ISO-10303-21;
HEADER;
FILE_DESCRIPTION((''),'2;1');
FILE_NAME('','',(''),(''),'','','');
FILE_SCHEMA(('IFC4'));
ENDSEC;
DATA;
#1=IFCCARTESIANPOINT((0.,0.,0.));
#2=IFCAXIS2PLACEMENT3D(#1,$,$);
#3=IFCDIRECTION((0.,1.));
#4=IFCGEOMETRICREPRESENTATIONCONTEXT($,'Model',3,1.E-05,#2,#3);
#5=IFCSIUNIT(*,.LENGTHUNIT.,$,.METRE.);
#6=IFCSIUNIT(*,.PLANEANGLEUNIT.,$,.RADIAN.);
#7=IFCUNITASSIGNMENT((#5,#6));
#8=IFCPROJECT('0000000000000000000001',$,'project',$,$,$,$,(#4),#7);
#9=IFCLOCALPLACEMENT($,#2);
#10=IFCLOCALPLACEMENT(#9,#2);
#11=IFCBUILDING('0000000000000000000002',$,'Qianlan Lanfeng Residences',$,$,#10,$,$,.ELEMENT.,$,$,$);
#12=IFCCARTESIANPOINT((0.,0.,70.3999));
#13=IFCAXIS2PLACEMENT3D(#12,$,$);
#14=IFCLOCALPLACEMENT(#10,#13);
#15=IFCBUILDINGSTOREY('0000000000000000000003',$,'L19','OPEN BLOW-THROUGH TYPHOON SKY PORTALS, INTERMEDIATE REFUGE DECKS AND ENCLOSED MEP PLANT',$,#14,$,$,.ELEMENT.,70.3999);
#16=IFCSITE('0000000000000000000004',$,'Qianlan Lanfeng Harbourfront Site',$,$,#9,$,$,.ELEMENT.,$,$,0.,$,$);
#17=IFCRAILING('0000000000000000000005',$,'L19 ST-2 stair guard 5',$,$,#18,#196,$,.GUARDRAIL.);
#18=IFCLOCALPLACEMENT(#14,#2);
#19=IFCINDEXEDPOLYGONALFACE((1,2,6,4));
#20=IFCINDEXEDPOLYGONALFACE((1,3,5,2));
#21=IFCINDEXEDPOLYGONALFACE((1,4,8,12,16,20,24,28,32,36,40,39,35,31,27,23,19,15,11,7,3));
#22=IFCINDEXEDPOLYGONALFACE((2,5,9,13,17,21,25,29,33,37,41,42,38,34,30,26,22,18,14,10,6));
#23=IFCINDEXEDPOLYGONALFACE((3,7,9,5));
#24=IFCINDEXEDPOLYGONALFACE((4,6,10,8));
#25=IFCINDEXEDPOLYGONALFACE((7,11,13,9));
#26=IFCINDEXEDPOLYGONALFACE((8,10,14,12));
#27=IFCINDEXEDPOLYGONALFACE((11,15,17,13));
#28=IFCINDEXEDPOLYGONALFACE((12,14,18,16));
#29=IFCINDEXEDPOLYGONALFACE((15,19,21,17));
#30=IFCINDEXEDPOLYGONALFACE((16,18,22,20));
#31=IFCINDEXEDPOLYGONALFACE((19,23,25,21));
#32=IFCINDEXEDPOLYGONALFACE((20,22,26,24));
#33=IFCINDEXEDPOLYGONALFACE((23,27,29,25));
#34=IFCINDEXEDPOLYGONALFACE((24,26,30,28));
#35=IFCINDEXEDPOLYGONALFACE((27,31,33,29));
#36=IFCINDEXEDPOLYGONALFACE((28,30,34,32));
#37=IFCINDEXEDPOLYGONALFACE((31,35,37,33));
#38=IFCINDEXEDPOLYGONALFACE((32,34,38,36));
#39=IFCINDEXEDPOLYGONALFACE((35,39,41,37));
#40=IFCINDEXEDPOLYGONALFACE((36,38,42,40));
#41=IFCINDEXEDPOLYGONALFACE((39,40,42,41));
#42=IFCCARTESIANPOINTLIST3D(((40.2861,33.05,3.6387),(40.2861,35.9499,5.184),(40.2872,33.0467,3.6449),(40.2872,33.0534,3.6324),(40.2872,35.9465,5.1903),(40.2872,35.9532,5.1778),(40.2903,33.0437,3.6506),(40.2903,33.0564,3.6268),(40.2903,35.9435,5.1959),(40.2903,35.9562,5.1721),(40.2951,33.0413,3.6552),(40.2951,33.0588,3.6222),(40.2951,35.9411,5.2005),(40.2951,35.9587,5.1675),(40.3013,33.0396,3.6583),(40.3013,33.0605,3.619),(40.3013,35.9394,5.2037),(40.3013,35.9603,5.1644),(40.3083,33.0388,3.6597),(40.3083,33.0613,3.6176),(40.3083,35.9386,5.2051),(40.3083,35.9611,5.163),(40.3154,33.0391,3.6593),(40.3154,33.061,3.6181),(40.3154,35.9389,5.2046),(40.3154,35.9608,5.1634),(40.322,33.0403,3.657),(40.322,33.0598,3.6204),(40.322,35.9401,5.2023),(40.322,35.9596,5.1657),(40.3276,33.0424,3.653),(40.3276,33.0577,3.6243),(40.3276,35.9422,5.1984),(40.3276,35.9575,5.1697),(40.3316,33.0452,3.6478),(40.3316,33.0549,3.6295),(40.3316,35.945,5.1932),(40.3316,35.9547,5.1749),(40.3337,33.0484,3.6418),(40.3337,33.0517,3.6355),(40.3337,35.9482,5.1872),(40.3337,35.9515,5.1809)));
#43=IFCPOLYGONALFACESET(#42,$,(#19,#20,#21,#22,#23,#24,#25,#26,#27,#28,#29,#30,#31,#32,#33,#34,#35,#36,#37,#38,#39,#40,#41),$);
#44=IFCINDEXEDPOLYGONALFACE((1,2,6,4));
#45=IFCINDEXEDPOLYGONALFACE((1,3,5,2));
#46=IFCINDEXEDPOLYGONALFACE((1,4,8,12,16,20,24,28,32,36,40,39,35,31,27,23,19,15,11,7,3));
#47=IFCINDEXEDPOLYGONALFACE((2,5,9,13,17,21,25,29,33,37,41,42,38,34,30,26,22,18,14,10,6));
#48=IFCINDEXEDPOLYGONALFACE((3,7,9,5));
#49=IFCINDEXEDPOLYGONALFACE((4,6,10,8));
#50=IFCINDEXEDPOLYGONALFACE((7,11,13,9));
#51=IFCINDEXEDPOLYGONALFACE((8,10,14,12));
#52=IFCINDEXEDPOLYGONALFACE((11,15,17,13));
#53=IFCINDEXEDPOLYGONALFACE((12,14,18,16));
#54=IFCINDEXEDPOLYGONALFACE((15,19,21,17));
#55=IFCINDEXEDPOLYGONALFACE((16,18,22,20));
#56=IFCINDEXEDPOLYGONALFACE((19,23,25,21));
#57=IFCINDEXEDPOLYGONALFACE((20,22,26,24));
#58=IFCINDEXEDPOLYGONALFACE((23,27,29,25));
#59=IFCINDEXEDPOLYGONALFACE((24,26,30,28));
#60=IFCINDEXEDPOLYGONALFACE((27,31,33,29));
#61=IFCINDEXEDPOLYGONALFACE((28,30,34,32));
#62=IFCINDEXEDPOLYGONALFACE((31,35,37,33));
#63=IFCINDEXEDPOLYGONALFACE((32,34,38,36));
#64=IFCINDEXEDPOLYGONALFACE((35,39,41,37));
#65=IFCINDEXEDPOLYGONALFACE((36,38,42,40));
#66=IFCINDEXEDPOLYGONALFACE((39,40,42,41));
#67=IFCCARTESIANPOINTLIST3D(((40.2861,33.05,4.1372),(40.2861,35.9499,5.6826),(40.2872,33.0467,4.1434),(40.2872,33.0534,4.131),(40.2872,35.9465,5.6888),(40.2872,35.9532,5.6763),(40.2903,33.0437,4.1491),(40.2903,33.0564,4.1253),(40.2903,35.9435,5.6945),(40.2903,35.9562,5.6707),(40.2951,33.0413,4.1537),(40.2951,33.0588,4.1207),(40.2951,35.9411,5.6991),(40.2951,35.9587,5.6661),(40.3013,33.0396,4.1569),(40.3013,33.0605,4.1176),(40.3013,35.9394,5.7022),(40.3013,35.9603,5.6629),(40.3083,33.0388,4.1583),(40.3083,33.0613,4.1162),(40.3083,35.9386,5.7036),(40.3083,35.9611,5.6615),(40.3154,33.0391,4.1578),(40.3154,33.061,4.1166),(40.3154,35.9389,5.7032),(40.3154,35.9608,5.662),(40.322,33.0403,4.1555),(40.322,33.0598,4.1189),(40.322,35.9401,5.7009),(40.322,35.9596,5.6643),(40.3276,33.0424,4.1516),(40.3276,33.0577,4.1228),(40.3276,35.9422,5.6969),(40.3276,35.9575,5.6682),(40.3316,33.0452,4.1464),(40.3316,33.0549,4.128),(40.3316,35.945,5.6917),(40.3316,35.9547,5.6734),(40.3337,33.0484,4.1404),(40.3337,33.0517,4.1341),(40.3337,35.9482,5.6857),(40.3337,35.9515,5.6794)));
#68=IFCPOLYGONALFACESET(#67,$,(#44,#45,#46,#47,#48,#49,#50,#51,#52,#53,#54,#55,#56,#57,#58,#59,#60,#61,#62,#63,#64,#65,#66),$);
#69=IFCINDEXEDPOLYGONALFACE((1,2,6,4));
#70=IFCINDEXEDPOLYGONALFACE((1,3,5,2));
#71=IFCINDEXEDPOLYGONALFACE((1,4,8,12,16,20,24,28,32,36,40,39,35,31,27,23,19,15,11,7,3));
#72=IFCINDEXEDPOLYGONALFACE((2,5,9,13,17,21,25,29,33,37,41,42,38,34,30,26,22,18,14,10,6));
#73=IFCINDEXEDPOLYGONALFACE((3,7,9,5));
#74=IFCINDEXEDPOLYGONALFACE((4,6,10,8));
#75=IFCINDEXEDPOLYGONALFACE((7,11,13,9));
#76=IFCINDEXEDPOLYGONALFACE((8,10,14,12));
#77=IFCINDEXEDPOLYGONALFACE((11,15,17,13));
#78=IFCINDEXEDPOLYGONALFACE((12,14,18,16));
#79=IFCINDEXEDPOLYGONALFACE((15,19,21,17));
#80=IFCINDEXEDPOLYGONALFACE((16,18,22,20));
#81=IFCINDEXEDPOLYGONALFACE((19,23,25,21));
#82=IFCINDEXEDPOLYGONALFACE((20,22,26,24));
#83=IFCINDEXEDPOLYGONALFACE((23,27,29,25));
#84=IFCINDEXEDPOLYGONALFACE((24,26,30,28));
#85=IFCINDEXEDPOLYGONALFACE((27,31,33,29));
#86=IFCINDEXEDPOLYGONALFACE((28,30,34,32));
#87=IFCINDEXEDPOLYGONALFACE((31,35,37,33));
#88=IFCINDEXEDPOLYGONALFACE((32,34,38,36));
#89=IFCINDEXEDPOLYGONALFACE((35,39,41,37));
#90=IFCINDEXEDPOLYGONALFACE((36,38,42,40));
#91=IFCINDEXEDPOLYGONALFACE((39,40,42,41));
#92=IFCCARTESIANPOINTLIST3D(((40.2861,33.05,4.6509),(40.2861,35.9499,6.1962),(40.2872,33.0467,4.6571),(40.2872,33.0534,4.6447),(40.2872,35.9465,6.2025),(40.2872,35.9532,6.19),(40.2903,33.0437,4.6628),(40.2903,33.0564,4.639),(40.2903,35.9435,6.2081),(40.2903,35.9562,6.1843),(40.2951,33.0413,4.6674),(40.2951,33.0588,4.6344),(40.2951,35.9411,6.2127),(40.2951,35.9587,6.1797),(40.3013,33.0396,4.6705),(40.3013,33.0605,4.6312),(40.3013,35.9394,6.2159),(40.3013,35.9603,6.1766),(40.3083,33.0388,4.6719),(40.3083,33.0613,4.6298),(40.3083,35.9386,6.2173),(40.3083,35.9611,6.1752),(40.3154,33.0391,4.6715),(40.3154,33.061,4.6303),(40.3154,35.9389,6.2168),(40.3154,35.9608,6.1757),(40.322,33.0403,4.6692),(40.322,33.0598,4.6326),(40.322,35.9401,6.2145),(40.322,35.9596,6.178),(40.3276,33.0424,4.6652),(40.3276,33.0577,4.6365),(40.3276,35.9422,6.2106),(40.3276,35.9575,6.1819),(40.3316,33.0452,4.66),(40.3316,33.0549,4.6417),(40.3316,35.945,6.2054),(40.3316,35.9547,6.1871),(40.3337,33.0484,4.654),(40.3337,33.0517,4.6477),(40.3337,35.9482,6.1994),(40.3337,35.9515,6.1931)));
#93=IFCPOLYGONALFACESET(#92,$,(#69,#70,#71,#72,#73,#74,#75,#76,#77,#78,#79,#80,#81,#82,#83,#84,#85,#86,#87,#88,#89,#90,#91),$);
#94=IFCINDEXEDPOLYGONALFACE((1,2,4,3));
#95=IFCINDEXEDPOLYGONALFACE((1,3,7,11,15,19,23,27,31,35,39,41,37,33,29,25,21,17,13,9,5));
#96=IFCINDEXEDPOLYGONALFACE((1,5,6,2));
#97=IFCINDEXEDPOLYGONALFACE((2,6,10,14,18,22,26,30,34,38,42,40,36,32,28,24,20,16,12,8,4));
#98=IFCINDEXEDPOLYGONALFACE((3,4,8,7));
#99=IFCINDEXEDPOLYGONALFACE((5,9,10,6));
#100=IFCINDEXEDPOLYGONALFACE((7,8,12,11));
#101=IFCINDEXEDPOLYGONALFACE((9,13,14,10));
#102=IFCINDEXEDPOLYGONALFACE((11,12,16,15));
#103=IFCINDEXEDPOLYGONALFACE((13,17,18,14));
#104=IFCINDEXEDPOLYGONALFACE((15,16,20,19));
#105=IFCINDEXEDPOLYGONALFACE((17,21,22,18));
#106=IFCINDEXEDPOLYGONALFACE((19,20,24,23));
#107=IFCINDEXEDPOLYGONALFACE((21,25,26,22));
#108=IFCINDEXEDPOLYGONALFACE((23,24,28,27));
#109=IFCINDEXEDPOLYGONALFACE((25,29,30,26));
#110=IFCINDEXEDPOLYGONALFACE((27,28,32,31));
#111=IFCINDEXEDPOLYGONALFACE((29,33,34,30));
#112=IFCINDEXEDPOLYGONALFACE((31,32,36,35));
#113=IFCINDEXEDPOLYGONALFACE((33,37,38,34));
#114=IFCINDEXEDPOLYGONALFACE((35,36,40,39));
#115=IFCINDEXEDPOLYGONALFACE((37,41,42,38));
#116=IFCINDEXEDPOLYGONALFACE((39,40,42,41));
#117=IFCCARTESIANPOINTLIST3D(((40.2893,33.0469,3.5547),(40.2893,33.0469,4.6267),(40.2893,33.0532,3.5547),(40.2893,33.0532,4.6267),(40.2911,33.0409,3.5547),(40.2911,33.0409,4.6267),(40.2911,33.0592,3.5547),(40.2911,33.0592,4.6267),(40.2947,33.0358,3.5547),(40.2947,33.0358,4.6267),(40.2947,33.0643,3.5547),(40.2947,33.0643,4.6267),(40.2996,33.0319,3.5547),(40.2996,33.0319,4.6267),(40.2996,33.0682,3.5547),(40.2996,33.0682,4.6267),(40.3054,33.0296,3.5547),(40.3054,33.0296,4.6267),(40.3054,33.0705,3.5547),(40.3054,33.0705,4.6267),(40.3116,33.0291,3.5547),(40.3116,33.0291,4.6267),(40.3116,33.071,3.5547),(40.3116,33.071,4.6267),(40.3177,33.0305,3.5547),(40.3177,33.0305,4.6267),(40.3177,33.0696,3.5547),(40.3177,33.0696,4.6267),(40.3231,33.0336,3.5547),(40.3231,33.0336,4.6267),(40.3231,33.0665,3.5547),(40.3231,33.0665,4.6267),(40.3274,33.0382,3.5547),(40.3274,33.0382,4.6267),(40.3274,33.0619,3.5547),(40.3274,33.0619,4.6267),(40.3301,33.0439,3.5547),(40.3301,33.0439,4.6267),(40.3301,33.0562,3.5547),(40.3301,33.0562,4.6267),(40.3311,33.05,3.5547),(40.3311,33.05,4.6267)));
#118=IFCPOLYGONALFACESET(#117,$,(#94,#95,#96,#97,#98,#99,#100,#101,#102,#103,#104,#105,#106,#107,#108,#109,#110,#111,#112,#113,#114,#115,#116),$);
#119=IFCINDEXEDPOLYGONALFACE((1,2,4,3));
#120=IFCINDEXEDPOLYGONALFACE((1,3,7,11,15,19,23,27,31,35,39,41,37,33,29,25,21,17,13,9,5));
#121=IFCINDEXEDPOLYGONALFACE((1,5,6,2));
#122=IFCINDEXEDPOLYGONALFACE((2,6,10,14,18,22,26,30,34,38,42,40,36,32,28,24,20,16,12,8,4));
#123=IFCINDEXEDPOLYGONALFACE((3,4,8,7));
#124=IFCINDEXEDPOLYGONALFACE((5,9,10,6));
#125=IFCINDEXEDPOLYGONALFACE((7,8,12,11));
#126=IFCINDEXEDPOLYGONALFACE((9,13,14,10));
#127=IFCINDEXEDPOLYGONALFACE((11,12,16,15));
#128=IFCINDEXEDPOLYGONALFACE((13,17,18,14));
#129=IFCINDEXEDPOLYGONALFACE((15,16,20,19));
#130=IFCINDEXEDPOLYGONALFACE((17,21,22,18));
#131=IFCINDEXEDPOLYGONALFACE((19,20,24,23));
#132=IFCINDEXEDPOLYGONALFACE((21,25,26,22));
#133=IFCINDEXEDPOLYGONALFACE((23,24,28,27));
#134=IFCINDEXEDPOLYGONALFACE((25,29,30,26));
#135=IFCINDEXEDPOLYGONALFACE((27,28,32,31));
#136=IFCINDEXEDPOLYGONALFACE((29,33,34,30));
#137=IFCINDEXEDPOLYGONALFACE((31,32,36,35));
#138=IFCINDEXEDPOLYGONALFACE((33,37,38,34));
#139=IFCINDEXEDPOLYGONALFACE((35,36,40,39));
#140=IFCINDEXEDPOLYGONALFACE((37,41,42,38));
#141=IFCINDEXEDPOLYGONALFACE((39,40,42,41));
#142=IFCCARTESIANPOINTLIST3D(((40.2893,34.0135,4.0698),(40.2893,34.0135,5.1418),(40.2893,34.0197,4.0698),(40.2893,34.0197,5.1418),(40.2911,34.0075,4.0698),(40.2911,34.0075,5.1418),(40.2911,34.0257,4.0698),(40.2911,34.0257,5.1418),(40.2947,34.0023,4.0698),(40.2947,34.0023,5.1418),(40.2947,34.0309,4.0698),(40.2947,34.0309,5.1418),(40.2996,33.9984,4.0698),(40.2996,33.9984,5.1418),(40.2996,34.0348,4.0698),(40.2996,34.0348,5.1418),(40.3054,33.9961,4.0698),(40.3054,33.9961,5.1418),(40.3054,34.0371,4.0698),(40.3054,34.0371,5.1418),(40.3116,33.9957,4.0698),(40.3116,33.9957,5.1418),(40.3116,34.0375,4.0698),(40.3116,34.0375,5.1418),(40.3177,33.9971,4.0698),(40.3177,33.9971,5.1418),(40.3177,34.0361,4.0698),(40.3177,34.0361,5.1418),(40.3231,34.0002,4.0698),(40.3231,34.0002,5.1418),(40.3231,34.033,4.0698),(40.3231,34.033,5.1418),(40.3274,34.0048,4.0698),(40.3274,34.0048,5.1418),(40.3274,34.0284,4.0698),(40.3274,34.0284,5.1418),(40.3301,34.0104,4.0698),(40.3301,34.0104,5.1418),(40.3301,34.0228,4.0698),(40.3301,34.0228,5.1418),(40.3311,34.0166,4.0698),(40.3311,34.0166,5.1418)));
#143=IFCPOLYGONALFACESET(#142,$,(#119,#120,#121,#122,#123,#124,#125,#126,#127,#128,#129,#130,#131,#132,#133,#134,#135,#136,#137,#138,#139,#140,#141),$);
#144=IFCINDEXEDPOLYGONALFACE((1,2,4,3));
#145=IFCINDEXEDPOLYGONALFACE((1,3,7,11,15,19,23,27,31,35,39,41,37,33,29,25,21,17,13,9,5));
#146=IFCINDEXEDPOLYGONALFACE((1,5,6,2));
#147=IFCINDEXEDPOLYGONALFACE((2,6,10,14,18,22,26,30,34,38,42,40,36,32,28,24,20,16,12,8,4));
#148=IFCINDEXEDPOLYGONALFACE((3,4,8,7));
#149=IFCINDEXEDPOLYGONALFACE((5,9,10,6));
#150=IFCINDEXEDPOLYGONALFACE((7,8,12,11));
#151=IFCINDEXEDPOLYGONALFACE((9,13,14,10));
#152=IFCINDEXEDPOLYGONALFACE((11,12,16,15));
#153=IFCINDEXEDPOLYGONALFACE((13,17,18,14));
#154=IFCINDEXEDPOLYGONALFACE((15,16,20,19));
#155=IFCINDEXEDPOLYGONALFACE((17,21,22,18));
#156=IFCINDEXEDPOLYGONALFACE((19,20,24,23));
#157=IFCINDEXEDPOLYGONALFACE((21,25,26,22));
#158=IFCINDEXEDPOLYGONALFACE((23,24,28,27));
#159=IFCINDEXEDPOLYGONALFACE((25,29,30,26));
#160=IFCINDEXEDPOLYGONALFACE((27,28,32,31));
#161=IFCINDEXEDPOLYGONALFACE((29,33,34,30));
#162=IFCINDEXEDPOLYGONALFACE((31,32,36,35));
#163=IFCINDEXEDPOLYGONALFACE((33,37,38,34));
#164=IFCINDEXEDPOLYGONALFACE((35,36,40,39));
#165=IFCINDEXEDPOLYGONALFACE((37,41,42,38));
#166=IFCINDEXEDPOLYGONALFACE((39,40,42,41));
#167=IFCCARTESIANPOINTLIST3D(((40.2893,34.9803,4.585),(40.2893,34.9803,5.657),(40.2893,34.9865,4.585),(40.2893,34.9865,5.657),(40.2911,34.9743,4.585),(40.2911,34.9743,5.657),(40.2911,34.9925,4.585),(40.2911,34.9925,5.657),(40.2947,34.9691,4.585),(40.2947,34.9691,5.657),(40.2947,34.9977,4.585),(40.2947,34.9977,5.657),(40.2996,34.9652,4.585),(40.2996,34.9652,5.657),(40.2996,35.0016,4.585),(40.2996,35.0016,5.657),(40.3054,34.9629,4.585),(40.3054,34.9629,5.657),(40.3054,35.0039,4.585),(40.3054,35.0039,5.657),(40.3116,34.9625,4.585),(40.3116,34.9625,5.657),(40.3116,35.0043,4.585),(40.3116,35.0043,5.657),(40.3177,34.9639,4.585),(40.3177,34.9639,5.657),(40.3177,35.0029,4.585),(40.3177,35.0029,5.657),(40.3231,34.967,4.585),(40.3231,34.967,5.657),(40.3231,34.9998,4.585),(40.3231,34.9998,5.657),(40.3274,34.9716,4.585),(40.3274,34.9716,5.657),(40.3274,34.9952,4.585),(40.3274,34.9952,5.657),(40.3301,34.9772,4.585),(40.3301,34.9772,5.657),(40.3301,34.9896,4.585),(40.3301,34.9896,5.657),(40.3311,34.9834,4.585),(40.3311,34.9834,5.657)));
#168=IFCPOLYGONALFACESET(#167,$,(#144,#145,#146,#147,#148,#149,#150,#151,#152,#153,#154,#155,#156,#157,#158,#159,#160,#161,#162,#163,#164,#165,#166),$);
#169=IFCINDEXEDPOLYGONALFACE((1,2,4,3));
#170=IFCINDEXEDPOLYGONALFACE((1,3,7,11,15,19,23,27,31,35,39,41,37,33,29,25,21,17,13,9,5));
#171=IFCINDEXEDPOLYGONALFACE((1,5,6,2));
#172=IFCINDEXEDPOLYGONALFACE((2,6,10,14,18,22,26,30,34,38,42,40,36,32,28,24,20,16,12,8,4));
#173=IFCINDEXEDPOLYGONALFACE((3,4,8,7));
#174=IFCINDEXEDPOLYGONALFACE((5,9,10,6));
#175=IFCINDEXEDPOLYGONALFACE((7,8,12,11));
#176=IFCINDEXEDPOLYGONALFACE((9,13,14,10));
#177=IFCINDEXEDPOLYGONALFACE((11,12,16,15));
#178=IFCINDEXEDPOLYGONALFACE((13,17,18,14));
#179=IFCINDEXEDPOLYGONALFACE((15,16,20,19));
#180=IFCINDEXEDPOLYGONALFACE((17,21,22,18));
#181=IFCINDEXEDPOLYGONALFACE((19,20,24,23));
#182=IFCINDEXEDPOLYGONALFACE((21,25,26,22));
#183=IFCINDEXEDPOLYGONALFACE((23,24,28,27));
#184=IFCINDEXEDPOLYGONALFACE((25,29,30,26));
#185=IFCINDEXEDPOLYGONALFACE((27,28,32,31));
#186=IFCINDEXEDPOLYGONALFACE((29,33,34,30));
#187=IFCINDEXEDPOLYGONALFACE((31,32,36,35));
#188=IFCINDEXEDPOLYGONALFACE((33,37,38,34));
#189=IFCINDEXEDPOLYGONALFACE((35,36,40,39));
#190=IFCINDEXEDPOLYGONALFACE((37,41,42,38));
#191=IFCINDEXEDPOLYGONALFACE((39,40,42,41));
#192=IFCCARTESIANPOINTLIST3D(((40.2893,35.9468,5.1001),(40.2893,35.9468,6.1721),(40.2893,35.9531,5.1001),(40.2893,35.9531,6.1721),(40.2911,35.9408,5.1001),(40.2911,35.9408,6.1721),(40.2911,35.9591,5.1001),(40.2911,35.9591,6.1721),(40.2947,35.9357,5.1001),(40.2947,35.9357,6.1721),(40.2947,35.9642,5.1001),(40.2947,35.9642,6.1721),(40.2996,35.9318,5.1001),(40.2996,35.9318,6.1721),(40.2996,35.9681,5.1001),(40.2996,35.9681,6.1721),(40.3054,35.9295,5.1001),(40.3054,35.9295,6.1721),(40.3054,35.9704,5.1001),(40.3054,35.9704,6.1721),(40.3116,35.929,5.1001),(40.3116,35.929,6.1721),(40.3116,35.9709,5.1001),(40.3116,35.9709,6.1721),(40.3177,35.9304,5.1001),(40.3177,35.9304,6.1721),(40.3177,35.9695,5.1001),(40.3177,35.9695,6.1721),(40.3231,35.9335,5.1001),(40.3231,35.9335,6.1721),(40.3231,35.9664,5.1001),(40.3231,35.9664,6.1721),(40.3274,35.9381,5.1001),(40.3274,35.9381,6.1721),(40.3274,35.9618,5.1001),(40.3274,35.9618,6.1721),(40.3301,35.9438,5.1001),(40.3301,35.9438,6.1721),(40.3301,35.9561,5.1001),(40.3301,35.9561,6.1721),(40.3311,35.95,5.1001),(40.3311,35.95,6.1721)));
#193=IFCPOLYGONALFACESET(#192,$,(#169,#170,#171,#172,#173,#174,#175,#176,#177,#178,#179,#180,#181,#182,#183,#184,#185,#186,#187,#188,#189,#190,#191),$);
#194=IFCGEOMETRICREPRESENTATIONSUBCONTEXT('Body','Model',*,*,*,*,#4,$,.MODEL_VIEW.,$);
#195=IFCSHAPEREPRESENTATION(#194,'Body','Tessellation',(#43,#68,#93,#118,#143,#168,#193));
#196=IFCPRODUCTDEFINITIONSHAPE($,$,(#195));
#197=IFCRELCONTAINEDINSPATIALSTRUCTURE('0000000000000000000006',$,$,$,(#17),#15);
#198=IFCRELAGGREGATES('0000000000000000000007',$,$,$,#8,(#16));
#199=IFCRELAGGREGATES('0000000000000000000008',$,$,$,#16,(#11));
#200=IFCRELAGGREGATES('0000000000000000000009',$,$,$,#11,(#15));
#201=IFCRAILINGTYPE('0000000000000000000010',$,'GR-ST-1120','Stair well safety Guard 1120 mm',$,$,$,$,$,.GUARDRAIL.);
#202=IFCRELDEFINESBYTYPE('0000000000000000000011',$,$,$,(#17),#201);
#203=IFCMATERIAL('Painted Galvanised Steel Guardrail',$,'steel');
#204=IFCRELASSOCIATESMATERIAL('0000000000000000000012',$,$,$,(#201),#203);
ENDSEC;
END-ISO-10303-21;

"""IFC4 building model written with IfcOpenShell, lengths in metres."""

from ifc_helpers import new_model, si_unit, direction, frame, origin, origin_2d, place, context, subcontext, project, spatial, circle, extrude, material, type_object, element, save


model = new_model("IFC4")

# Units and contexts
model_context = context("Model", 3, precision=1e-05, world=origin(), true_north=direction((0.0, 1.0)))
body_context = subcontext(model_context, "Body", "Model", "MODEL_VIEW")
ifc_project = project(units=[si_unit("LENGTHUNIT", "METRE"), si_unit("PLANEANGLEUNIT", "RADIAN")], contexts=[model_context])

# Site, building, storey
site_placement = place(None, origin())
site = spatial("IfcSite", under=ifc_project, at=site_placement, Name="Qianlan Lanfeng Harbourfront Site", CompositionType="ELEMENT", RefElevation=0.0)
building_placement = place(site_placement, origin())
building = spatial("IfcBuilding", under=site, at=building_placement, Name="Qianlan Lanfeng Residences", CompositionType="ELEMENT")
storey_placement = place(building_placement, frame((0.0, 0.0, 70.3999)))
storey = spatial("IfcBuildingStorey", under=building, at=storey_placement, Name="L19", Description="OPEN BLOW-THROUGH TYPHOON SKY PORTALS, INTERMEDIATE REFUGE DECKS AND ENCLOSED MEP PLANT", CompositionType="ELEMENT", Elevation=70.3999)

# Railing
ifc_material_1 = material(Name="Painted Galvanised Steel Guardrail", Category="steel")
railing_type_1 = type_object("IfcRailingType", Name="GR-ST-1120", Description="Stair well safety Guard 1120 mm", PredefinedType="GUARDRAIL", material=ifc_material_1)
railing_1_placement = place(storey_placement, frame((40.3101, 33.05, 3.5547)))
element("IfcRailing", 1, at=railing_1_placement, inside=storey, type_object=railing_type_1, Name="L19 ST-2 stair guard 5", PredefinedType="GUARDRAIL", context=body_context, shape_type="SweptSolid", body=[
    extrude(circle(Radius=0.0239, at=origin_2d()), frame((0.0, 0.0, 0.084), z_axis=(0.0, 0.882505, 0.470303), x_axis=(-1.0, 0.0, 0.0)), (0.0, 0.0, 1.0), 3.2859),
    extrude(circle(Radius=0.0239, at=origin_2d()), frame((0.0, 0.0, 0.5825), z_axis=(0.0, 0.882505, 0.470303), x_axis=(-1.0, 0.0, 0.0)), (0.0, 0.0, 1.0), 3.2859),
    extrude(circle(Radius=0.0239, at=origin_2d()), frame((0.0, 0.0, 1.0962), z_axis=(0.0, 0.882505, 0.470303), x_axis=(-1.0, 0.0, 0.0)), (0.0, 0.0, 1.0), 3.2859),
    extrude(circle(Radius=0.021, at=origin_2d()), origin(), (0.0, 0.0, 1.0), 1.072),
    extrude(circle(Radius=0.021, at=origin_2d()), frame((0.0, 0.9666, 0.5151)), (0.0, 0.0, 1.0), 1.072),
    extrude(circle(Radius=0.021, at=origin_2d()), frame((0.0, 1.9333, 1.0303)), (0.0, 0.0, 1.0), 1.072),
    extrude(circle(Radius=0.021, at=origin_2d()), frame((0.0, 2.8999, 1.5454)), (0.0, 0.0, 1.0), 1.072),
])

save(model, "model.ifc")
